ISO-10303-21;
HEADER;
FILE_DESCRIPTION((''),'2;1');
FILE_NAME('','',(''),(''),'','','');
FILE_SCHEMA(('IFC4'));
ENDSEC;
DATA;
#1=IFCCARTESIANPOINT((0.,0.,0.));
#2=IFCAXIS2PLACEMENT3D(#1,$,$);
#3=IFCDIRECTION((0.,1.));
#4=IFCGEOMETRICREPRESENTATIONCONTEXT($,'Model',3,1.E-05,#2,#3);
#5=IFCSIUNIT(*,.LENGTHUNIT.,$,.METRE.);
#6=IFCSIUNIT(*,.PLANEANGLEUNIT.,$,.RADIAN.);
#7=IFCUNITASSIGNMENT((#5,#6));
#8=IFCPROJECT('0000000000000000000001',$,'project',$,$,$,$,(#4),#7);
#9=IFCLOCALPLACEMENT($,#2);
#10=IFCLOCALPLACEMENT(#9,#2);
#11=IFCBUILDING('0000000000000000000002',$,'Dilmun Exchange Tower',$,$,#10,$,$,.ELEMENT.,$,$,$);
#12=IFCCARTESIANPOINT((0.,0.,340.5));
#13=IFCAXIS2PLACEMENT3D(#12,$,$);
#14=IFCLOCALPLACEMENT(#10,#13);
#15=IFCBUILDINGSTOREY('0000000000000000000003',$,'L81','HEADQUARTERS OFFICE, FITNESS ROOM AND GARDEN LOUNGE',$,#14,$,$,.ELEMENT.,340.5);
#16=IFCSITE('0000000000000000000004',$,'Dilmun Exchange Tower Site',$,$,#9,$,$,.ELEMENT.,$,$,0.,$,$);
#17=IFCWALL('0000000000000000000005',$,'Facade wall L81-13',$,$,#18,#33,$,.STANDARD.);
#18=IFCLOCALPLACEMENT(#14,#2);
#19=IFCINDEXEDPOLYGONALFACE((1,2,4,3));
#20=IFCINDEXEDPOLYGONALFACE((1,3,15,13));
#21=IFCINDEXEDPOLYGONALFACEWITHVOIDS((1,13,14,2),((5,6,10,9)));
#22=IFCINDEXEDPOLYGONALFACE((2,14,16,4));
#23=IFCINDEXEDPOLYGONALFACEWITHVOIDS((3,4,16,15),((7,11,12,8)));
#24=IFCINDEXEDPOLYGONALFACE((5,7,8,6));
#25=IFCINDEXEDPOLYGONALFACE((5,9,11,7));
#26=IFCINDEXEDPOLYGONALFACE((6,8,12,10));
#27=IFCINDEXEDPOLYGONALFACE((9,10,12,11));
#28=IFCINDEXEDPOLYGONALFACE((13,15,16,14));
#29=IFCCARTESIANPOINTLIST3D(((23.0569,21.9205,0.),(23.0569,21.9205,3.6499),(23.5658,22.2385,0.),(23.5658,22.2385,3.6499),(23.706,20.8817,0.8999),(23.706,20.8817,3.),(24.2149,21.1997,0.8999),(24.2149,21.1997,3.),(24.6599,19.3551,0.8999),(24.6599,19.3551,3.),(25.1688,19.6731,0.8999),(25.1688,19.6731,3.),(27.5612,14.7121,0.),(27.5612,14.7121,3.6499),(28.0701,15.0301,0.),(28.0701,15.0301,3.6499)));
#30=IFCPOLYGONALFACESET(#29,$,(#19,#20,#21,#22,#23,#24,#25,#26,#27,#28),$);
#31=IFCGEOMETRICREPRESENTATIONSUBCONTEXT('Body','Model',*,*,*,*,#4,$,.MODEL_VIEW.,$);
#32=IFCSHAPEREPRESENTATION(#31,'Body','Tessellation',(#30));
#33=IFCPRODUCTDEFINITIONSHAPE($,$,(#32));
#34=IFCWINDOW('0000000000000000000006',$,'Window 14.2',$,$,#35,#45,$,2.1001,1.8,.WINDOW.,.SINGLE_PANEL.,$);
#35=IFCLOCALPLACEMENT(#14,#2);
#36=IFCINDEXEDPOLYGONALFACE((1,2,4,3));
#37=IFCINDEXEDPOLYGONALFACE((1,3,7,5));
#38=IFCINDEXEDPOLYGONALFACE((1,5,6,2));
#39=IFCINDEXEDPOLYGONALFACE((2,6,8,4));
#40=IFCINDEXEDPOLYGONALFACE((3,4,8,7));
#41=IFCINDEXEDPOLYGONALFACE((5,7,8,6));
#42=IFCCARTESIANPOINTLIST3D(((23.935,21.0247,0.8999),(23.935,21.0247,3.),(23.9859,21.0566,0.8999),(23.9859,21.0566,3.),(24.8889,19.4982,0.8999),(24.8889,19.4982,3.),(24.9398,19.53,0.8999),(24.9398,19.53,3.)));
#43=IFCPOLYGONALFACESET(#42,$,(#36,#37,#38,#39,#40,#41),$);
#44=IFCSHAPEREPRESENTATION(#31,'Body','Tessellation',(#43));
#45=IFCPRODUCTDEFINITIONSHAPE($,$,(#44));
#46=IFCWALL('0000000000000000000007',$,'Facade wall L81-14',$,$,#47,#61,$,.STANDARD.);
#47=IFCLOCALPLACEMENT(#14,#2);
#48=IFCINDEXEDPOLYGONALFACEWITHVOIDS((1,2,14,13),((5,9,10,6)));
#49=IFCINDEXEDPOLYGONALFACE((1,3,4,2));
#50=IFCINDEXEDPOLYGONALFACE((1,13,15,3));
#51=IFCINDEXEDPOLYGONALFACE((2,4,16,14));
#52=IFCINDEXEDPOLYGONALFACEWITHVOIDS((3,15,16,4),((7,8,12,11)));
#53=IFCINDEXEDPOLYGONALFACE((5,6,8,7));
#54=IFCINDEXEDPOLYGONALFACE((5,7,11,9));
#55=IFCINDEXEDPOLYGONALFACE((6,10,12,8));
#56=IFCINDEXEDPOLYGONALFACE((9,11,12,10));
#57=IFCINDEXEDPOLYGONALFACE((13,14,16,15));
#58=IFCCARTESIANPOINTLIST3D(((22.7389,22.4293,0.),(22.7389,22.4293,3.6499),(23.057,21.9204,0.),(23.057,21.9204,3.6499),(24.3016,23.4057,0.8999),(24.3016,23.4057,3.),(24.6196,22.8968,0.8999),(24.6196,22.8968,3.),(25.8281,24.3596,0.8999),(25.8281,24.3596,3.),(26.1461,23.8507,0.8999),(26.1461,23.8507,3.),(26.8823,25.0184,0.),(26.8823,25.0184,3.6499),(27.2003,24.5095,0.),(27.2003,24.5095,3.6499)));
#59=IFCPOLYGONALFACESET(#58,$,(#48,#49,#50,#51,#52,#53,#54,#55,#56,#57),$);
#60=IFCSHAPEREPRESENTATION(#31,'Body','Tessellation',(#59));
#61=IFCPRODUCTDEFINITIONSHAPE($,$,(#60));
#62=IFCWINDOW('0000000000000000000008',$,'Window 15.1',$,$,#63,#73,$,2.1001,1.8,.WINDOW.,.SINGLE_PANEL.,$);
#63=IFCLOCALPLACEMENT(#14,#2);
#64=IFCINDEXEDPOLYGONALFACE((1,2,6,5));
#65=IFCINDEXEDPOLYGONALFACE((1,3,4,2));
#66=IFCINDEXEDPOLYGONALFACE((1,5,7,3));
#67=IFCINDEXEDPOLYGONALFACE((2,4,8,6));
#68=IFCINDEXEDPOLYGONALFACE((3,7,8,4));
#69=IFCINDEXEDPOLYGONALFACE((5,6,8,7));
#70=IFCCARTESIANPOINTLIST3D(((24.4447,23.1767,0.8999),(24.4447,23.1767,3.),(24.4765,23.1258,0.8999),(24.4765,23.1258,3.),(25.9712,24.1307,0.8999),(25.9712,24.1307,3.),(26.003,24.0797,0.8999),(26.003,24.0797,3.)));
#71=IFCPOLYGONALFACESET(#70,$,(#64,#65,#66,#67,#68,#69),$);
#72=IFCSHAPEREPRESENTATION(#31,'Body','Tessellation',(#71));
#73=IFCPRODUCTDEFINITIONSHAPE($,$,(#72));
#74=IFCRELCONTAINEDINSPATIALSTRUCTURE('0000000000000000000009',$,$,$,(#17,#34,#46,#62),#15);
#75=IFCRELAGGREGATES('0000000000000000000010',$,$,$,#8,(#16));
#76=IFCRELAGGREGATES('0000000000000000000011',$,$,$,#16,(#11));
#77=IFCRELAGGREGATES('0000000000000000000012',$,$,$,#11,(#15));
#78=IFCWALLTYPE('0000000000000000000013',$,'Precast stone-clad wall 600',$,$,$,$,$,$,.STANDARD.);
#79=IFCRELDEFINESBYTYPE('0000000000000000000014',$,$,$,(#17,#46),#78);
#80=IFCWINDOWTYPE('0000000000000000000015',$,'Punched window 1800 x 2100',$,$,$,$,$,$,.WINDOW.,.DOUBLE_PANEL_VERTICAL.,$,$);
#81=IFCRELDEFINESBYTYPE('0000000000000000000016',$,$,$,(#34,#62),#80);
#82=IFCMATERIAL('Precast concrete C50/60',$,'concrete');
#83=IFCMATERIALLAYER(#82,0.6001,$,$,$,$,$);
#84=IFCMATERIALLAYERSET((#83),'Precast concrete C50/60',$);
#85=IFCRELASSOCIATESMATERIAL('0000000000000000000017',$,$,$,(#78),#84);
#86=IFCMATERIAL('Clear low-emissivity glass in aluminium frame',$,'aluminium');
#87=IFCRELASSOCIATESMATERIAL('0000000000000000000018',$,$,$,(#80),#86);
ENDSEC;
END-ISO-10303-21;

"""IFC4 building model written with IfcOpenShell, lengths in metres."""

from ifc_helpers import new_model, si_unit, direction, frame, frame_2d, origin, place, context, subcontext, project, spatial, rectangle, extrude, material, layer, layer_set, type_object, element, fill, save


model = new_model("IFC4")

# Units and contexts
model_context = context("Model", 3, precision=1e-05, world=origin(), true_north=direction((0.0, 1.0)))
body_context = subcontext(model_context, "Body", "Model", "MODEL_VIEW")
ifc_project = project(units=[si_unit("LENGTHUNIT", "METRE"), si_unit("PLANEANGLEUNIT", "RADIAN")], contexts=[model_context])

# Site, building, storey
site_placement = place(None, origin())
site = spatial("IfcSite", under=ifc_project, at=site_placement, Name="Dilmun Exchange Tower Site", CompositionType="ELEMENT", RefElevation=0.0)
building_placement = place(site_placement, origin())
building = spatial("IfcBuilding", under=site, at=building_placement, Name="Dilmun Exchange Tower", CompositionType="ELEMENT")
storey_placement = place(building_placement, frame((0.0, 0.0, 340.5)))
storey = spatial("IfcBuildingStorey", under=building, at=storey_placement, Name="L81", Description="HEADQUARTERS OFFICE, FITNESS ROOM AND GARDEN LOUNGE", CompositionType="ELEMENT", Elevation=340.5)

# Walls, openings, windows
ifc_material_1 = material(Name="Precast concrete C50/60", Category="concrete")
ifc_layer_1 = layer(ifc_material_1, 0.6001)
ifc_layer_set_1 = layer_set([ifc_layer_1], Name="Precast concrete C50/60")
wall_type_1 = type_object("IfcWallType", Name="Precast stone-clad wall 600", PredefinedType="STANDARD", material=ifc_layer_set_1)
ifc_material_2 = material(Name="Clear low-emissivity glass in aluminium frame", Category="aluminium")
window_type_1 = type_object("IfcWindowType", Name="Punched window 1800 x 2100", PartitioningType="DOUBLE_PANEL_VERTICAL", PredefinedType="WINDOW", material=ifc_material_2)
wall_1_placement = place(storey_placement, frame((27.8157, 14.8711, 0.0), z_axis=(0.0, 0.0, 1.0), x_axis=(-0.529921, 0.848047, 0.0)))
wall_1 = element("IfcWall", 1, at=wall_1_placement, inside=storey, type_object=wall_type_1, Name="Facade wall L81-13", PredefinedType="STANDARD", context=body_context, shape_type="SweptSolid", body=[
    extrude(rectangle(XDim=8.5, YDim=0.6001, at=frame_2d((4.25, 0.0))), origin(), (0.0, 0.0, 1.0), 3.6499),
])
opening_1_placement = place(wall_1_placement, frame((5.4751, 0.0, 0.8999)))
opening_1 = element("IfcOpeningElement", 2, at=opening_1_placement, cuts=wall_1, PredefinedType="OPENING", context=body_context, shape_type="SweptSolid", body=[
    extrude(rectangle(XDim=1.8, YDim=2.1001, at=frame_2d((0.8999, 1.05))), frame((0.0, 0.3101, 0.0), z_axis=(0.0, -1.0, 0.0), x_axis=(1.0, 0.0, 0.0)), (0.0, 0.0, 1.0), 0.6201),
])
window_1_placement = place(opening_1_placement, origin())
window_1 = element("IfcWindow", 3, at=window_1_placement, inside=storey, type_object=window_type_1, Name="Window 14.2", OverallHeight=2.1001, OverallWidth=1.8, PartitioningType="SINGLE_PANEL", PredefinedType="WINDOW", context=body_context, shape_type="SweptSolid", body=[
    extrude(rectangle(XDim=1.8, YDim=2.1001, at=frame_2d((0.8999, 1.05))), frame((0.0, 0.03, 0.0), z_axis=(0.0, -1.0, 0.0), x_axis=(1.0, 0.0, 0.0)), (0.0, 0.0, 1.0), 0.0601),
])
fill(opening_1, window_1)
wall_2_placement = place(storey_placement, frame((22.8979, 22.1748, 0.0), z_axis=(0.0, 0.0, 1.0), x_axis=(0.84804, 0.529932, 0.0)))
wall_2 = element("IfcWall", 4, at=wall_2_placement, inside=storey, type_object=wall_type_1, Name="Facade wall L81-14", PredefinedType="STANDARD", context=body_context, shape_type="SweptSolid", body=[
    extrude(rectangle(XDim=4.8857, YDim=0.6001, at=frame_2d((2.4429, 0.0))), origin(), (0.0, 0.0, 1.0), 3.6499),
])
opening_2_placement = place(wall_2_placement, frame((1.8428, 0.0, 0.8999)))
opening_2 = element("IfcOpeningElement", 5, at=opening_2_placement, cuts=wall_2, PredefinedType="OPENING", context=body_context, shape_type="SweptSolid", body=[
    extrude(rectangle(XDim=1.8, YDim=2.1001, at=frame_2d((0.8999, 1.05))), frame((0.0, 0.3101, 0.0), z_axis=(0.0, -1.0, 0.0), x_axis=(1.0, 0.0, 0.0)), (0.0, 0.0, 1.0), 0.6201),
])
window_2_placement = place(opening_2_placement, origin())
window_2 = element("IfcWindow", 6, at=window_2_placement, inside=storey, type_object=window_type_1, Name="Window 15.1", OverallHeight=2.1001, OverallWidth=1.8, PartitioningType="SINGLE_PANEL", PredefinedType="WINDOW", context=body_context, shape_type="SweptSolid", body=[
    extrude(rectangle(XDim=1.8, YDim=2.1001, at=frame_2d((0.8999, 1.05))), frame((0.0, 0.03, 0.0), z_axis=(0.0, -1.0, 0.0), x_axis=(1.0, 0.0, 0.0)), (0.0, 0.0, 1.0), 0.0601),
])
fill(opening_2, window_2)

save(model, "model.ifc")
